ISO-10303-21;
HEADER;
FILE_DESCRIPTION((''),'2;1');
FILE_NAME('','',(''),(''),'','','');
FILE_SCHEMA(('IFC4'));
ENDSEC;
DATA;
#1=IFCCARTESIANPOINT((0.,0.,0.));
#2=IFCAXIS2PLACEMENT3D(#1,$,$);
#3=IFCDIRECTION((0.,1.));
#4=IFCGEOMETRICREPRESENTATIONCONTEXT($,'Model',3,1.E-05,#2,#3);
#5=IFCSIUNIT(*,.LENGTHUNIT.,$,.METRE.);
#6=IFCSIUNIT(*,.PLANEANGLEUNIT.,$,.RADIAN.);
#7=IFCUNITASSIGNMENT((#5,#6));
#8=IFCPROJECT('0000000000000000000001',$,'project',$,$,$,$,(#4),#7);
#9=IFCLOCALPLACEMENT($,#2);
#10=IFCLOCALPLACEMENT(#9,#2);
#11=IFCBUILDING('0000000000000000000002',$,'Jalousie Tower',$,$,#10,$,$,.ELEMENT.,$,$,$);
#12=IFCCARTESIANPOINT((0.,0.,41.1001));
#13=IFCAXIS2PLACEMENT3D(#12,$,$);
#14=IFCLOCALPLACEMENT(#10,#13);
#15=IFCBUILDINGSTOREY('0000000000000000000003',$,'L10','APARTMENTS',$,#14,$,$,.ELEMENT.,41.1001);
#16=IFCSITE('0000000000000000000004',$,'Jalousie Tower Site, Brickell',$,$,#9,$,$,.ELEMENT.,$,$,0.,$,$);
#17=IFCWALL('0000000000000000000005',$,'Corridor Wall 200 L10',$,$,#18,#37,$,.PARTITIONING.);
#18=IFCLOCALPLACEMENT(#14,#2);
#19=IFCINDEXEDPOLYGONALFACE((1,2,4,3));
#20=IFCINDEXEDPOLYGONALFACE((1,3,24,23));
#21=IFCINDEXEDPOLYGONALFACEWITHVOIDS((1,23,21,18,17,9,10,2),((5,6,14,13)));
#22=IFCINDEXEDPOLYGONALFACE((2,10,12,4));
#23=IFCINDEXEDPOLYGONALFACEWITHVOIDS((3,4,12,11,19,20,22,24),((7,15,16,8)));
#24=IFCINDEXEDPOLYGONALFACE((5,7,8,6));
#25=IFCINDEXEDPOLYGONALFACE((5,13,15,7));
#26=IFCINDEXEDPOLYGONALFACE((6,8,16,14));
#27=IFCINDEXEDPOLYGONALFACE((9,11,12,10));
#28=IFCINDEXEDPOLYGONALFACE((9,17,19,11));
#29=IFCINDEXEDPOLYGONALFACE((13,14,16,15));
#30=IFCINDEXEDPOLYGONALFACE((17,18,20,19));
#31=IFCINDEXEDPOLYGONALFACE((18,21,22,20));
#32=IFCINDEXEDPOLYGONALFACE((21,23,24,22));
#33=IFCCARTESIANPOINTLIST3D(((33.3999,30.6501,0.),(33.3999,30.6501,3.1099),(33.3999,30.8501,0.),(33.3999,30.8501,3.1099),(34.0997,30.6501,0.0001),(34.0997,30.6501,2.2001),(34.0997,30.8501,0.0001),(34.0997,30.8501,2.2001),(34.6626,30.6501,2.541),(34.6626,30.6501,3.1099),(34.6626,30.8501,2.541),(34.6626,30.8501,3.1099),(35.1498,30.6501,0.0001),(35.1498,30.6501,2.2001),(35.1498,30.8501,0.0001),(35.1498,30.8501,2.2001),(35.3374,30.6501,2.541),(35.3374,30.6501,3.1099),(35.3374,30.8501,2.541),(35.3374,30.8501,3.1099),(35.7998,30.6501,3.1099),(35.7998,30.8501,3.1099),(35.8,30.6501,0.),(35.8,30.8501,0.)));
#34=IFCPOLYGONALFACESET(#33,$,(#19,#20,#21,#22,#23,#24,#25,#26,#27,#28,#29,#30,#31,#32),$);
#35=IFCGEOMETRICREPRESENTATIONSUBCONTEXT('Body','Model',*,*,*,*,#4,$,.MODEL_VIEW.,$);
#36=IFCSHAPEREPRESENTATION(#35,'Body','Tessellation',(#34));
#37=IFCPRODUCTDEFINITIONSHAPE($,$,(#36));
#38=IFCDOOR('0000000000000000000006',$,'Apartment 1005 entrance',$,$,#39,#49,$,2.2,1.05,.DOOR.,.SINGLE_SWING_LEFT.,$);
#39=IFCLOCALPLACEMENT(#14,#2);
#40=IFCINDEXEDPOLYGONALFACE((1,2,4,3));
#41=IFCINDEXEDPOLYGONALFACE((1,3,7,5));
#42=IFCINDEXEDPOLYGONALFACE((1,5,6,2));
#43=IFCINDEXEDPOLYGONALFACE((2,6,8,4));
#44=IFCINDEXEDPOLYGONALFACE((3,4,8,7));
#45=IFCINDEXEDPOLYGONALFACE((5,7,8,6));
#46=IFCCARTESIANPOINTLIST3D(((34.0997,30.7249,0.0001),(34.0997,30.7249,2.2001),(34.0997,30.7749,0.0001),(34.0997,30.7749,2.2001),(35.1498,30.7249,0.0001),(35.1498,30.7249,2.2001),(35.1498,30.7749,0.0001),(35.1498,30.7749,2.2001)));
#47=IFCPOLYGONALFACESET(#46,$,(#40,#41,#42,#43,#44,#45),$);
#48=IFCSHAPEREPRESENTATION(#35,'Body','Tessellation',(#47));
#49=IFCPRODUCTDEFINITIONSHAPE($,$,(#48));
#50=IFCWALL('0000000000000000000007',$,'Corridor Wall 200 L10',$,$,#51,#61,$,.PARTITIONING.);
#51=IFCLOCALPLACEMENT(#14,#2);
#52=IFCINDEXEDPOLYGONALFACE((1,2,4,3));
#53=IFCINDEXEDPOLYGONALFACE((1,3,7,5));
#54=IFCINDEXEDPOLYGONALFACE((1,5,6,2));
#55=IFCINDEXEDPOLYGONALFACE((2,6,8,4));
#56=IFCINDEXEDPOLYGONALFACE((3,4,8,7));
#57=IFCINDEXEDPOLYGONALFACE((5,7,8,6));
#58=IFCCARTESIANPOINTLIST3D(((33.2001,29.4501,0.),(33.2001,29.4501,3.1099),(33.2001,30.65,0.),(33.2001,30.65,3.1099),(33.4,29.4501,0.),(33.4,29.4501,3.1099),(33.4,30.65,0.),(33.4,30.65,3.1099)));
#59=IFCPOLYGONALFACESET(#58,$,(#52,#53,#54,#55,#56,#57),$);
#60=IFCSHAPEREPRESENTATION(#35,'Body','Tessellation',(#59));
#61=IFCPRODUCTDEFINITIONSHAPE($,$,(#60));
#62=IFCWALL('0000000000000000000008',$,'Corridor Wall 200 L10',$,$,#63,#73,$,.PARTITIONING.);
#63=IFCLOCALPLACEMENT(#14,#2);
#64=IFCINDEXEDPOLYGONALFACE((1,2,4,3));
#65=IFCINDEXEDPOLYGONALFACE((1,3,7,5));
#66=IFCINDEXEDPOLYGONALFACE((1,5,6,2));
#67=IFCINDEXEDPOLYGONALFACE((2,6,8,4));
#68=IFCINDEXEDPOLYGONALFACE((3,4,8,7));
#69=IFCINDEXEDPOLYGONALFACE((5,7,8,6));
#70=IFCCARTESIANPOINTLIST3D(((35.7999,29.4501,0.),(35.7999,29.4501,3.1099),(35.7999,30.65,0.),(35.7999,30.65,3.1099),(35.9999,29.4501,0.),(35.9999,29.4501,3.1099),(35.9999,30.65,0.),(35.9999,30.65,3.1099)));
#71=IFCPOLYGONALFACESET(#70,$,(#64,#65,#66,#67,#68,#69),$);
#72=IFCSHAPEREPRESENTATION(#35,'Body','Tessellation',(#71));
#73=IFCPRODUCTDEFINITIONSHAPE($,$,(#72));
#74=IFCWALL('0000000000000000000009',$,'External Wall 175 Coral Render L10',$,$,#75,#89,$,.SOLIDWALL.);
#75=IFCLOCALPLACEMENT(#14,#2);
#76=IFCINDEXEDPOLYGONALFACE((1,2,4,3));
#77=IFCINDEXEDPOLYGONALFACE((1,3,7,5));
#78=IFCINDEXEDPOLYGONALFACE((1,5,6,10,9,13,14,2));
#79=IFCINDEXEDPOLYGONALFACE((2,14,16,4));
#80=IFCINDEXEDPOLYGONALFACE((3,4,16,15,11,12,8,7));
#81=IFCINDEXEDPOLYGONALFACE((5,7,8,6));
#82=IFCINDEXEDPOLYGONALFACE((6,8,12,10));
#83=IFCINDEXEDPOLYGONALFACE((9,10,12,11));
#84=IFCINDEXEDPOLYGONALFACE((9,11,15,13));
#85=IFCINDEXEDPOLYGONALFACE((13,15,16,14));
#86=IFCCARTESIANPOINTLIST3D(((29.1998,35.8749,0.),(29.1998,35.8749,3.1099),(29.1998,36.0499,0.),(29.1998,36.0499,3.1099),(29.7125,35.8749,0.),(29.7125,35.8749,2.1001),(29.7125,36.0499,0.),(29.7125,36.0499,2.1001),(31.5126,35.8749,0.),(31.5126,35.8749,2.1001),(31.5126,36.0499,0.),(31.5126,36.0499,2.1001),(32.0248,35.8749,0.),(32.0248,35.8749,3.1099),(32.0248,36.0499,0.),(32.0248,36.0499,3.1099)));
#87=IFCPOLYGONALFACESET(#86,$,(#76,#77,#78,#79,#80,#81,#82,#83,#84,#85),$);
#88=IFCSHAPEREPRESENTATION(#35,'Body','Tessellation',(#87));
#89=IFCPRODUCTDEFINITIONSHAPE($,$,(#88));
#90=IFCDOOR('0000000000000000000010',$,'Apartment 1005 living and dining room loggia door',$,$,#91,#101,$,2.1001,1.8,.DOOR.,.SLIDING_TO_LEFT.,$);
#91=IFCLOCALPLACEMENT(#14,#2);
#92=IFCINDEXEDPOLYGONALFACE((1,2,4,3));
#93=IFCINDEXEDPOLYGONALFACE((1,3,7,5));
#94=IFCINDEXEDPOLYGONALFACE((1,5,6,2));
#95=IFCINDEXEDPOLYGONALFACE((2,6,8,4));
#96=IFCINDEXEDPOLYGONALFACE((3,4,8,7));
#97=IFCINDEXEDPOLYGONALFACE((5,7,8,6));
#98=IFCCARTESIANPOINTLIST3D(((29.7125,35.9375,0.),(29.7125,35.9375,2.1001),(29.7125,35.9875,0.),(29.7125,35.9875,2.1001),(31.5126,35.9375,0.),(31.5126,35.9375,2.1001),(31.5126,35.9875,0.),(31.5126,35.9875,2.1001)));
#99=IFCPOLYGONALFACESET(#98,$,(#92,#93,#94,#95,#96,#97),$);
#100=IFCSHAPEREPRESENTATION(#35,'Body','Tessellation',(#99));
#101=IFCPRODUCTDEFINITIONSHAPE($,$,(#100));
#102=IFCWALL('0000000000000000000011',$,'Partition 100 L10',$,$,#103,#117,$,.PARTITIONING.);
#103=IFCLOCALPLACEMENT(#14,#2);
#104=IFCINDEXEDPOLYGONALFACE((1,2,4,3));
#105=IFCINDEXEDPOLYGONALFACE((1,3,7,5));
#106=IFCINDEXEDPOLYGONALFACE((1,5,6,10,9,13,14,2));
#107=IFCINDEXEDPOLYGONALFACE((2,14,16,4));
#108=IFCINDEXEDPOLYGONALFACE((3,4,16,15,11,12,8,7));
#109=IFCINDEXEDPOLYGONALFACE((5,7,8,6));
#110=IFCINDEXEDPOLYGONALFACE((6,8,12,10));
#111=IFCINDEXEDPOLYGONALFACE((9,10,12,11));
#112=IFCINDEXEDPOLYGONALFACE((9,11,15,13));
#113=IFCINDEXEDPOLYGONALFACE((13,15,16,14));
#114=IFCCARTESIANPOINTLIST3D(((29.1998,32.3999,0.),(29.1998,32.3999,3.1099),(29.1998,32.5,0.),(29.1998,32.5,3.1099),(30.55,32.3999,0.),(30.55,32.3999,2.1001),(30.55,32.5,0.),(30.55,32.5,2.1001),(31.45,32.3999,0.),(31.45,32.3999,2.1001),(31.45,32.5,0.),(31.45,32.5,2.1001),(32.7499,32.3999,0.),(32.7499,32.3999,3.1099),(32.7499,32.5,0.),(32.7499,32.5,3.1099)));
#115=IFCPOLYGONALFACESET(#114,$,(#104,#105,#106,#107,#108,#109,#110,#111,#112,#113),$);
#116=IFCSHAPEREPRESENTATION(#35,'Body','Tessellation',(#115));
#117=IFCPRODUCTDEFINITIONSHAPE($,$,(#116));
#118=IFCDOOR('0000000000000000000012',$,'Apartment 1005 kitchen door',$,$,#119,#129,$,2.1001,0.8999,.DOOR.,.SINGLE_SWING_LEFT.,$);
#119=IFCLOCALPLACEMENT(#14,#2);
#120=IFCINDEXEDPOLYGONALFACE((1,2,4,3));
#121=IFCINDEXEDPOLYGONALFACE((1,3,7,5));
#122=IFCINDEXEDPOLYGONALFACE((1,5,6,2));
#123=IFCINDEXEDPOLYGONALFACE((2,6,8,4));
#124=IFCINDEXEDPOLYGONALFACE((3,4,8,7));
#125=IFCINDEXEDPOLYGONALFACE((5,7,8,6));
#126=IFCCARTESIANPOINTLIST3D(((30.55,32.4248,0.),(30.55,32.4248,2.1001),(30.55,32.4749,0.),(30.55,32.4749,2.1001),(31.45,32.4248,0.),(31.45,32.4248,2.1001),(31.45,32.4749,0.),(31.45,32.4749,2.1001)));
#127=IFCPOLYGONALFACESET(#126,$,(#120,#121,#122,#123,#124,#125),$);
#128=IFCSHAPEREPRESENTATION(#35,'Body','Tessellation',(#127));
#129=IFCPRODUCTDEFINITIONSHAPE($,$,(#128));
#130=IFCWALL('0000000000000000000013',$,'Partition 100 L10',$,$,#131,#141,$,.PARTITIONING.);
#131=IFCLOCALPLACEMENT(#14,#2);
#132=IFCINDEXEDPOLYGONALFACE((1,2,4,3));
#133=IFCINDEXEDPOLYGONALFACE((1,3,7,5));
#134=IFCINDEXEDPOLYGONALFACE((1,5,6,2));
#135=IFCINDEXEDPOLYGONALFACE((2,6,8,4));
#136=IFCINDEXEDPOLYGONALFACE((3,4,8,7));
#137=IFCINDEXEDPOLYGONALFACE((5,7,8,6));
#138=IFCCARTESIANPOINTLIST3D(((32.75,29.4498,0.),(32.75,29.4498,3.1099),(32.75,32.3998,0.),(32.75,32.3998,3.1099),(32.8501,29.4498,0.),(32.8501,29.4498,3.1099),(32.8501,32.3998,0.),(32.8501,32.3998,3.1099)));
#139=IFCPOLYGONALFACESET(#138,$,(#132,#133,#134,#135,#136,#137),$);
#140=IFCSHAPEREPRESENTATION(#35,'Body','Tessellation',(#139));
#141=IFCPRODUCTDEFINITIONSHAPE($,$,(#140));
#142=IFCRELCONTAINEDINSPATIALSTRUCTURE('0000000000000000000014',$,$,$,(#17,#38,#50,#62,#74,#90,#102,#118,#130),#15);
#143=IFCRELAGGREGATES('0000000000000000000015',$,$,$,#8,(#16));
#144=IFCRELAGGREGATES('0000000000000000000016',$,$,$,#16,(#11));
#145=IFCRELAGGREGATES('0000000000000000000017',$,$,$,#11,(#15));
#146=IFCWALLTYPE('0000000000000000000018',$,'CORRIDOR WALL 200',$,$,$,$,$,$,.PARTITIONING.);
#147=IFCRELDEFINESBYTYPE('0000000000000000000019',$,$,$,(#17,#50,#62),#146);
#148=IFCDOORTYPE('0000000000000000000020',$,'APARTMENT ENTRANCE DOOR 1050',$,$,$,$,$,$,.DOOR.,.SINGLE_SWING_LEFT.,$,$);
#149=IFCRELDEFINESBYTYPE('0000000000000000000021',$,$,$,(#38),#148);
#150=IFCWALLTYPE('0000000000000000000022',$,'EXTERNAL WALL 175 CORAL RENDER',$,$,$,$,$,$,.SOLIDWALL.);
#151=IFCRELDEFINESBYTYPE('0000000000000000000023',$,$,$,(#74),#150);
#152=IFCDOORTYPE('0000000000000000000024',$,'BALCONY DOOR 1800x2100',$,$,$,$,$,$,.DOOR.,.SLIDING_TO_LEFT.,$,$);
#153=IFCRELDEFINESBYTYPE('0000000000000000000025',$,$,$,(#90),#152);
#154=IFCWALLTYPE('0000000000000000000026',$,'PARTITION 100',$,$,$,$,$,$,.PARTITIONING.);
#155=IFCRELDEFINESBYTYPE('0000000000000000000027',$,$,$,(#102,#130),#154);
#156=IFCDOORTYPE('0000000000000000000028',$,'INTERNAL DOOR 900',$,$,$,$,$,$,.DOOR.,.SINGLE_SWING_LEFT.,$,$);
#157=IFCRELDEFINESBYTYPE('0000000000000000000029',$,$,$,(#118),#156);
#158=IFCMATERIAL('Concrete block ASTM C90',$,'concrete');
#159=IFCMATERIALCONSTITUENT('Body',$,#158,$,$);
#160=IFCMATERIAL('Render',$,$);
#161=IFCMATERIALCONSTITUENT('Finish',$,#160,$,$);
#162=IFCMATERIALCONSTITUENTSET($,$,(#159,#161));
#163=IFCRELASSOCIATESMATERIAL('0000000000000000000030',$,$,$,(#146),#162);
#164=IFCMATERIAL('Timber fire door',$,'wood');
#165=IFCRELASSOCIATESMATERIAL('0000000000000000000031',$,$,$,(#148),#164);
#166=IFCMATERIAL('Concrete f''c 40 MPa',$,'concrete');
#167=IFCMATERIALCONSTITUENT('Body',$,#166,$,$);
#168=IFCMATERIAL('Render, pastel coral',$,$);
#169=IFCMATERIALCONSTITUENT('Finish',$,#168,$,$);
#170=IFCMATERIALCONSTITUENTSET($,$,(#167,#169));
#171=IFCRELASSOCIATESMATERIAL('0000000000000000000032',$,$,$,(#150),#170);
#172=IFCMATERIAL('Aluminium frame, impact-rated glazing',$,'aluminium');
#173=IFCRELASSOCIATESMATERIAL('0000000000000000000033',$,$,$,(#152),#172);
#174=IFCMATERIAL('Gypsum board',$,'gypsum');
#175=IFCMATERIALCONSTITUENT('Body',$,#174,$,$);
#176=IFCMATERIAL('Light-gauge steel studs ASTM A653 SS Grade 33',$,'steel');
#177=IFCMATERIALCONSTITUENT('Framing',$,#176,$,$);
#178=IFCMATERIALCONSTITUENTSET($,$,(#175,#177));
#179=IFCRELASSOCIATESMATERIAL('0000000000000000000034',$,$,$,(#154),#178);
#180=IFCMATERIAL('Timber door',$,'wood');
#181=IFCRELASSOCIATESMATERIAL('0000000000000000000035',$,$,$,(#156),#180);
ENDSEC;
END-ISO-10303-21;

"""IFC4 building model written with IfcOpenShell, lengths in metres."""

from ifc_helpers import new_model, si_unit, direction, frame, frame_2d, origin, place, context, subcontext, project, spatial, polyline, rectangle, outline, extrude, material, constituent, constituent_set, type_object, element, fill, save


model = new_model("IFC4")

# Units and contexts
model_context = context("Model", 3, precision=1e-05, world=origin(), true_north=direction((0.0, 1.0)))
body_context = subcontext(model_context, "Body", "Model", "MODEL_VIEW")
ifc_project = project(units=[si_unit("LENGTHUNIT", "METRE"), si_unit("PLANEANGLEUNIT", "RADIAN")], contexts=[model_context])

# Site, building, storey
site_placement = place(None, origin())
site = spatial("IfcSite", under=ifc_project, at=site_placement, Name="Jalousie Tower Site, Brickell", CompositionType="ELEMENT", RefElevation=0.0)
building_placement = place(site_placement, origin())
building = spatial("IfcBuilding", under=site, at=building_placement, Name="Jalousie Tower", CompositionType="ELEMENT")
storey_placement = place(building_placement, frame((0.0, 0.0, 41.1001)))
storey = spatial("IfcBuildingStorey", under=building, at=storey_placement, Name="L10", Description="APARTMENTS", CompositionType="ELEMENT", Elevation=41.1001)

# Shared definitions
ifc_material_1 = material(Name="Concrete block ASTM C90", Category="concrete")
ifc_constituent_1 = constituent(ifc_material_1, Name="Body")
ifc_material_2 = material(Name="Render")
ifc_constituent_2 = constituent(ifc_material_2, Name="Finish")
ifc_constituent_set_1 = constituent_set(constituents=[ifc_constituent_1, ifc_constituent_2])
wall_type_1 = type_object("IfcWallType", Name="CORRIDOR WALL 200", PredefinedType="PARTITIONING", material=ifc_constituent_set_1)

# Wall, opening, door
wall_1_placement = place(storey_placement, frame((33.3999, 30.75, 0.0), z_axis=(0.0, 0.0, 1.0), x_axis=(1.0, 0.0, 0.0)))
wall_1 = element("IfcWall", 1, at=wall_1_placement, inside=storey, type_object=wall_type_1, Name="Corridor Wall 200 L10", PredefinedType="PARTITIONING", context=body_context, shape_type="SweptSolid", body=[
    extrude(outline(polyline([(0.0, 0.0), (2.4001, 0.0), (2.3999, 3.1099), (1.9375, 3.1099), (1.9375, 2.541), (1.2627, 2.541), (1.2627, 3.1099), (0.0, 3.1099), (0.0, 0.0)])), frame((0.0, 0.1001, 0.0), z_axis=(0.0, -1.0, 0.0), x_axis=(1.0, 0.0, 0.0)), (0.0, 0.0, 1.0), 0.2),
])
opening_1_placement = place(wall_1_placement, frame((0.7, 0.0, 0.0)))
opening_1 = element("IfcOpeningElement", 2, at=opening_1_placement, cuts=wall_1, PredefinedType="OPENING", context=body_context, shape_type="SweptSolid", body=[
    extrude(rectangle(XDim=1.05, YDim=2.2, at=frame_2d((0.5249, 1.1001))), frame((0.0, 0.1099, 0.0), z_axis=(0.0, -1.0, 0.0), x_axis=(1.0, 0.0, 0.0)), (0.0, 0.0, 1.0), 0.22),
])
ifc_material_3 = material(Name="Timber fire door", Category="wood")
door_type_1 = type_object("IfcDoorType", Name="APARTMENT ENTRANCE DOOR 1050", OperationType="SINGLE_SWING_LEFT", PredefinedType="DOOR", material=ifc_material_3)
door_1_placement = place(opening_1_placement, origin())
door_1 = element("IfcDoor", 3, at=door_1_placement, inside=storey, type_object=door_type_1, Name="Apartment 1005 entrance", OperationType="SINGLE_SWING_LEFT", OverallHeight=2.2, OverallWidth=1.05, PredefinedType="DOOR", context=body_context, shape_type="SweptSolid", body=[
    extrude(rectangle(XDim=1.05, YDim=2.2, at=frame_2d((0.5249, 1.1001))), frame((0.0, 0.0249, 0.0), z_axis=(0.0, -1.0, 0.0), x_axis=(1.0, 0.0, 0.0)), (0.0, 0.0, 1.0), 0.05),
])
fill(opening_1, door_1)

# Walls
for number, where, z_axis, x_axis, name in (
    (4, (33.3, 29.45, 0.0), (0.0, 0.0, 1.0), (0.0, 1.0, 0.0), "Corridor Wall 200 L10"),
    (5, (35.8999, 29.45, 0.0), (0.0, 0.0, 1.0), (0.0, 1.0, 0.0), "Corridor Wall 200 L10"),
):
    element("IfcWall", number, at=place(storey_placement, frame(where, z_axis=z_axis, x_axis=x_axis)), inside=storey, type_object=wall_type_1, Name=name, PredefinedType="PARTITIONING", context=body_context, shape_type="SweptSolid", body=[
        extrude(rectangle(XDim=1.2, YDim=0.2, at=frame_2d((0.6001, 0.0))), origin(), (0.0, 0.0, 1.0), 3.1099),
    ])

# Walls, openings, doors
ifc_material_4 = material(Name="Concrete f'c 40 MPa", Category="concrete")
ifc_constituent_3 = constituent(ifc_material_4, Name="Body")
ifc_material_5 = material(Name="Render, pastel coral")
ifc_constituent_4 = constituent(ifc_material_5, Name="Finish")
ifc_constituent_set_2 = constituent_set(constituents=[ifc_constituent_3, ifc_constituent_4])
wall_type_2 = type_object("IfcWallType", Name="EXTERNAL WALL 175 CORAL RENDER", PredefinedType="SOLIDWALL", material=ifc_constituent_set_2)
wall_2_placement = place(storey_placement, frame((32.0249, 35.9624, 0.0), z_axis=(0.0, 0.0, 1.0), x_axis=(-1.0, 0.0, 0.0)))
wall_2 = element("IfcWall", 6, at=wall_2_placement, inside=storey, type_object=wall_type_2, Name="External Wall 175 Coral Render L10", PredefinedType="SOLIDWALL", context=body_context, shape_type="SweptSolid", body=[
    extrude(rectangle(XDim=2.825, YDim=0.175, at=frame_2d((1.4126, 0.0))), origin(), (0.0, 0.0, 1.0), 3.1099),
])
opening_2_placement = place(wall_2_placement, frame((0.5125, 0.0, 0.0)))
opening_2 = element("IfcOpeningElement", 7, at=opening_2_placement, cuts=wall_2, PredefinedType="OPENING", context=body_context, shape_type="SweptSolid", body=[
    extrude(rectangle(XDim=1.8, YDim=2.1001, at=frame_2d((0.8999, 1.05))), frame((0.0, 0.0974, 0.0), z_axis=(0.0, -1.0, 0.0), x_axis=(1.0, 0.0, 0.0)), (0.0, 0.0, 1.0), 0.1951),
])
ifc_material_6 = material(Name="Aluminium frame, impact-rated glazing", Category="aluminium")
door_type_2 = type_object("IfcDoorType", Name="BALCONY DOOR 1800x2100", OperationType="SLIDING_TO_LEFT", PredefinedType="DOOR", material=ifc_material_6)
door_2_placement = place(opening_2_placement, origin())
door_2 = element("IfcDoor", 8, at=door_2_placement, inside=storey, type_object=door_type_2, Name="Apartment 1005 living and dining room loggia door", OperationType="SLIDING_TO_LEFT", OverallHeight=2.1001, OverallWidth=1.8, PredefinedType="DOOR", context=body_context, shape_type="SweptSolid", body=[
    extrude(rectangle(XDim=1.8, YDim=2.1001, at=frame_2d((0.8999, 1.05))), frame((0.0, 0.0249, 0.0), z_axis=(0.0, -1.0, 0.0), x_axis=(1.0, 0.0, 0.0)), (0.0, 0.0, 1.0), 0.05),
])
fill(opening_2, door_2)
ifc_material_7 = material(Name="Gypsum board", Category="gypsum")
ifc_constituent_5 = constituent(ifc_material_7, Name="Body")
ifc_material_8 = material(Name="Light-gauge steel studs ASTM A653 SS Grade 33", Category="steel")
ifc_constituent_6 = constituent(ifc_material_8, Name="Framing")
ifc_constituent_set_3 = constituent_set(constituents=[ifc_constituent_5, ifc_constituent_6])
wall_type_3 = type_object("IfcWallType", Name="PARTITION 100", PredefinedType="PARTITIONING", material=ifc_constituent_set_3)
wall_3_placement = place(storey_placement, frame((29.2, 32.45, 0.0), z_axis=(0.0, 0.0, 1.0), x_axis=(1.0, 0.0, 0.0)))
wall_3 = element("IfcWall", 9, at=wall_3_placement, inside=storey, type_object=wall_type_3, Name="Partition 100 L10", PredefinedType="PARTITIONING", context=body_context, shape_type="SweptSolid", body=[
    extrude(rectangle(XDim=3.55, YDim=0.1001, at=frame_2d((1.7749, 0.0))), origin(), (0.0, 0.0, 1.0), 3.1099),
])
opening_3_placement = place(wall_3_placement, frame((1.3501, 0.0, 0.0)))
opening_3 = element("IfcOpeningElement", 10, at=opening_3_placement, cuts=wall_3, PredefinedType="OPENING", context=body_context, shape_type="SweptSolid", body=[
    extrude(rectangle(XDim=0.8999, YDim=2.1001, at=frame_2d((0.45, 1.05))), frame((0.0, 0.0601, 0.0), z_axis=(0.0, -1.0, 0.0), x_axis=(1.0, 0.0, 0.0)), (0.0, 0.0, 1.0), 0.1201),
])
ifc_material_9 = material(Name="Timber door", Category="wood")
door_type_3 = type_object("IfcDoorType", Name="INTERNAL DOOR 900", OperationType="SINGLE_SWING_LEFT", PredefinedType="DOOR", material=ifc_material_9)
door_3_placement = place(opening_3_placement, origin())
door_3 = element("IfcDoor", 11, at=door_3_placement, inside=storey, type_object=door_type_3, Name="Apartment 1005 kitchen door", OperationType="SINGLE_SWING_LEFT", OverallHeight=2.1001, OverallWidth=0.8999, PredefinedType="DOOR", context=body_context, shape_type="SweptSolid", body=[
    extrude(rectangle(XDim=0.8999, YDim=2.1001, at=frame_2d((0.45, 1.05))), frame((0.0, 0.0249, 0.0), z_axis=(0.0, -1.0, 0.0), x_axis=(1.0, 0.0, 0.0)), (0.0, 0.0, 1.0), 0.05),
])
fill(opening_3, door_3)

# Wall
wall_4_placement = place(storey_placement, frame((32.8, 32.3999, 0.0), z_axis=(0.0, 0.0, 1.0), x_axis=(0.0, -1.0, 0.0)))
element("IfcWall", 12, at=wall_4_placement, inside=storey, type_object=wall_type_3, Name="Partition 100 L10", PredefinedType="PARTITIONING", context=body_context, shape_type="SweptSolid", body=[
    extrude(rectangle(XDim=2.95, YDim=0.1001, at=frame_2d((1.4751, 0.0))), origin(), (0.0, 0.0, 1.0), 3.1099),
])

save(model, "model.ifc")
